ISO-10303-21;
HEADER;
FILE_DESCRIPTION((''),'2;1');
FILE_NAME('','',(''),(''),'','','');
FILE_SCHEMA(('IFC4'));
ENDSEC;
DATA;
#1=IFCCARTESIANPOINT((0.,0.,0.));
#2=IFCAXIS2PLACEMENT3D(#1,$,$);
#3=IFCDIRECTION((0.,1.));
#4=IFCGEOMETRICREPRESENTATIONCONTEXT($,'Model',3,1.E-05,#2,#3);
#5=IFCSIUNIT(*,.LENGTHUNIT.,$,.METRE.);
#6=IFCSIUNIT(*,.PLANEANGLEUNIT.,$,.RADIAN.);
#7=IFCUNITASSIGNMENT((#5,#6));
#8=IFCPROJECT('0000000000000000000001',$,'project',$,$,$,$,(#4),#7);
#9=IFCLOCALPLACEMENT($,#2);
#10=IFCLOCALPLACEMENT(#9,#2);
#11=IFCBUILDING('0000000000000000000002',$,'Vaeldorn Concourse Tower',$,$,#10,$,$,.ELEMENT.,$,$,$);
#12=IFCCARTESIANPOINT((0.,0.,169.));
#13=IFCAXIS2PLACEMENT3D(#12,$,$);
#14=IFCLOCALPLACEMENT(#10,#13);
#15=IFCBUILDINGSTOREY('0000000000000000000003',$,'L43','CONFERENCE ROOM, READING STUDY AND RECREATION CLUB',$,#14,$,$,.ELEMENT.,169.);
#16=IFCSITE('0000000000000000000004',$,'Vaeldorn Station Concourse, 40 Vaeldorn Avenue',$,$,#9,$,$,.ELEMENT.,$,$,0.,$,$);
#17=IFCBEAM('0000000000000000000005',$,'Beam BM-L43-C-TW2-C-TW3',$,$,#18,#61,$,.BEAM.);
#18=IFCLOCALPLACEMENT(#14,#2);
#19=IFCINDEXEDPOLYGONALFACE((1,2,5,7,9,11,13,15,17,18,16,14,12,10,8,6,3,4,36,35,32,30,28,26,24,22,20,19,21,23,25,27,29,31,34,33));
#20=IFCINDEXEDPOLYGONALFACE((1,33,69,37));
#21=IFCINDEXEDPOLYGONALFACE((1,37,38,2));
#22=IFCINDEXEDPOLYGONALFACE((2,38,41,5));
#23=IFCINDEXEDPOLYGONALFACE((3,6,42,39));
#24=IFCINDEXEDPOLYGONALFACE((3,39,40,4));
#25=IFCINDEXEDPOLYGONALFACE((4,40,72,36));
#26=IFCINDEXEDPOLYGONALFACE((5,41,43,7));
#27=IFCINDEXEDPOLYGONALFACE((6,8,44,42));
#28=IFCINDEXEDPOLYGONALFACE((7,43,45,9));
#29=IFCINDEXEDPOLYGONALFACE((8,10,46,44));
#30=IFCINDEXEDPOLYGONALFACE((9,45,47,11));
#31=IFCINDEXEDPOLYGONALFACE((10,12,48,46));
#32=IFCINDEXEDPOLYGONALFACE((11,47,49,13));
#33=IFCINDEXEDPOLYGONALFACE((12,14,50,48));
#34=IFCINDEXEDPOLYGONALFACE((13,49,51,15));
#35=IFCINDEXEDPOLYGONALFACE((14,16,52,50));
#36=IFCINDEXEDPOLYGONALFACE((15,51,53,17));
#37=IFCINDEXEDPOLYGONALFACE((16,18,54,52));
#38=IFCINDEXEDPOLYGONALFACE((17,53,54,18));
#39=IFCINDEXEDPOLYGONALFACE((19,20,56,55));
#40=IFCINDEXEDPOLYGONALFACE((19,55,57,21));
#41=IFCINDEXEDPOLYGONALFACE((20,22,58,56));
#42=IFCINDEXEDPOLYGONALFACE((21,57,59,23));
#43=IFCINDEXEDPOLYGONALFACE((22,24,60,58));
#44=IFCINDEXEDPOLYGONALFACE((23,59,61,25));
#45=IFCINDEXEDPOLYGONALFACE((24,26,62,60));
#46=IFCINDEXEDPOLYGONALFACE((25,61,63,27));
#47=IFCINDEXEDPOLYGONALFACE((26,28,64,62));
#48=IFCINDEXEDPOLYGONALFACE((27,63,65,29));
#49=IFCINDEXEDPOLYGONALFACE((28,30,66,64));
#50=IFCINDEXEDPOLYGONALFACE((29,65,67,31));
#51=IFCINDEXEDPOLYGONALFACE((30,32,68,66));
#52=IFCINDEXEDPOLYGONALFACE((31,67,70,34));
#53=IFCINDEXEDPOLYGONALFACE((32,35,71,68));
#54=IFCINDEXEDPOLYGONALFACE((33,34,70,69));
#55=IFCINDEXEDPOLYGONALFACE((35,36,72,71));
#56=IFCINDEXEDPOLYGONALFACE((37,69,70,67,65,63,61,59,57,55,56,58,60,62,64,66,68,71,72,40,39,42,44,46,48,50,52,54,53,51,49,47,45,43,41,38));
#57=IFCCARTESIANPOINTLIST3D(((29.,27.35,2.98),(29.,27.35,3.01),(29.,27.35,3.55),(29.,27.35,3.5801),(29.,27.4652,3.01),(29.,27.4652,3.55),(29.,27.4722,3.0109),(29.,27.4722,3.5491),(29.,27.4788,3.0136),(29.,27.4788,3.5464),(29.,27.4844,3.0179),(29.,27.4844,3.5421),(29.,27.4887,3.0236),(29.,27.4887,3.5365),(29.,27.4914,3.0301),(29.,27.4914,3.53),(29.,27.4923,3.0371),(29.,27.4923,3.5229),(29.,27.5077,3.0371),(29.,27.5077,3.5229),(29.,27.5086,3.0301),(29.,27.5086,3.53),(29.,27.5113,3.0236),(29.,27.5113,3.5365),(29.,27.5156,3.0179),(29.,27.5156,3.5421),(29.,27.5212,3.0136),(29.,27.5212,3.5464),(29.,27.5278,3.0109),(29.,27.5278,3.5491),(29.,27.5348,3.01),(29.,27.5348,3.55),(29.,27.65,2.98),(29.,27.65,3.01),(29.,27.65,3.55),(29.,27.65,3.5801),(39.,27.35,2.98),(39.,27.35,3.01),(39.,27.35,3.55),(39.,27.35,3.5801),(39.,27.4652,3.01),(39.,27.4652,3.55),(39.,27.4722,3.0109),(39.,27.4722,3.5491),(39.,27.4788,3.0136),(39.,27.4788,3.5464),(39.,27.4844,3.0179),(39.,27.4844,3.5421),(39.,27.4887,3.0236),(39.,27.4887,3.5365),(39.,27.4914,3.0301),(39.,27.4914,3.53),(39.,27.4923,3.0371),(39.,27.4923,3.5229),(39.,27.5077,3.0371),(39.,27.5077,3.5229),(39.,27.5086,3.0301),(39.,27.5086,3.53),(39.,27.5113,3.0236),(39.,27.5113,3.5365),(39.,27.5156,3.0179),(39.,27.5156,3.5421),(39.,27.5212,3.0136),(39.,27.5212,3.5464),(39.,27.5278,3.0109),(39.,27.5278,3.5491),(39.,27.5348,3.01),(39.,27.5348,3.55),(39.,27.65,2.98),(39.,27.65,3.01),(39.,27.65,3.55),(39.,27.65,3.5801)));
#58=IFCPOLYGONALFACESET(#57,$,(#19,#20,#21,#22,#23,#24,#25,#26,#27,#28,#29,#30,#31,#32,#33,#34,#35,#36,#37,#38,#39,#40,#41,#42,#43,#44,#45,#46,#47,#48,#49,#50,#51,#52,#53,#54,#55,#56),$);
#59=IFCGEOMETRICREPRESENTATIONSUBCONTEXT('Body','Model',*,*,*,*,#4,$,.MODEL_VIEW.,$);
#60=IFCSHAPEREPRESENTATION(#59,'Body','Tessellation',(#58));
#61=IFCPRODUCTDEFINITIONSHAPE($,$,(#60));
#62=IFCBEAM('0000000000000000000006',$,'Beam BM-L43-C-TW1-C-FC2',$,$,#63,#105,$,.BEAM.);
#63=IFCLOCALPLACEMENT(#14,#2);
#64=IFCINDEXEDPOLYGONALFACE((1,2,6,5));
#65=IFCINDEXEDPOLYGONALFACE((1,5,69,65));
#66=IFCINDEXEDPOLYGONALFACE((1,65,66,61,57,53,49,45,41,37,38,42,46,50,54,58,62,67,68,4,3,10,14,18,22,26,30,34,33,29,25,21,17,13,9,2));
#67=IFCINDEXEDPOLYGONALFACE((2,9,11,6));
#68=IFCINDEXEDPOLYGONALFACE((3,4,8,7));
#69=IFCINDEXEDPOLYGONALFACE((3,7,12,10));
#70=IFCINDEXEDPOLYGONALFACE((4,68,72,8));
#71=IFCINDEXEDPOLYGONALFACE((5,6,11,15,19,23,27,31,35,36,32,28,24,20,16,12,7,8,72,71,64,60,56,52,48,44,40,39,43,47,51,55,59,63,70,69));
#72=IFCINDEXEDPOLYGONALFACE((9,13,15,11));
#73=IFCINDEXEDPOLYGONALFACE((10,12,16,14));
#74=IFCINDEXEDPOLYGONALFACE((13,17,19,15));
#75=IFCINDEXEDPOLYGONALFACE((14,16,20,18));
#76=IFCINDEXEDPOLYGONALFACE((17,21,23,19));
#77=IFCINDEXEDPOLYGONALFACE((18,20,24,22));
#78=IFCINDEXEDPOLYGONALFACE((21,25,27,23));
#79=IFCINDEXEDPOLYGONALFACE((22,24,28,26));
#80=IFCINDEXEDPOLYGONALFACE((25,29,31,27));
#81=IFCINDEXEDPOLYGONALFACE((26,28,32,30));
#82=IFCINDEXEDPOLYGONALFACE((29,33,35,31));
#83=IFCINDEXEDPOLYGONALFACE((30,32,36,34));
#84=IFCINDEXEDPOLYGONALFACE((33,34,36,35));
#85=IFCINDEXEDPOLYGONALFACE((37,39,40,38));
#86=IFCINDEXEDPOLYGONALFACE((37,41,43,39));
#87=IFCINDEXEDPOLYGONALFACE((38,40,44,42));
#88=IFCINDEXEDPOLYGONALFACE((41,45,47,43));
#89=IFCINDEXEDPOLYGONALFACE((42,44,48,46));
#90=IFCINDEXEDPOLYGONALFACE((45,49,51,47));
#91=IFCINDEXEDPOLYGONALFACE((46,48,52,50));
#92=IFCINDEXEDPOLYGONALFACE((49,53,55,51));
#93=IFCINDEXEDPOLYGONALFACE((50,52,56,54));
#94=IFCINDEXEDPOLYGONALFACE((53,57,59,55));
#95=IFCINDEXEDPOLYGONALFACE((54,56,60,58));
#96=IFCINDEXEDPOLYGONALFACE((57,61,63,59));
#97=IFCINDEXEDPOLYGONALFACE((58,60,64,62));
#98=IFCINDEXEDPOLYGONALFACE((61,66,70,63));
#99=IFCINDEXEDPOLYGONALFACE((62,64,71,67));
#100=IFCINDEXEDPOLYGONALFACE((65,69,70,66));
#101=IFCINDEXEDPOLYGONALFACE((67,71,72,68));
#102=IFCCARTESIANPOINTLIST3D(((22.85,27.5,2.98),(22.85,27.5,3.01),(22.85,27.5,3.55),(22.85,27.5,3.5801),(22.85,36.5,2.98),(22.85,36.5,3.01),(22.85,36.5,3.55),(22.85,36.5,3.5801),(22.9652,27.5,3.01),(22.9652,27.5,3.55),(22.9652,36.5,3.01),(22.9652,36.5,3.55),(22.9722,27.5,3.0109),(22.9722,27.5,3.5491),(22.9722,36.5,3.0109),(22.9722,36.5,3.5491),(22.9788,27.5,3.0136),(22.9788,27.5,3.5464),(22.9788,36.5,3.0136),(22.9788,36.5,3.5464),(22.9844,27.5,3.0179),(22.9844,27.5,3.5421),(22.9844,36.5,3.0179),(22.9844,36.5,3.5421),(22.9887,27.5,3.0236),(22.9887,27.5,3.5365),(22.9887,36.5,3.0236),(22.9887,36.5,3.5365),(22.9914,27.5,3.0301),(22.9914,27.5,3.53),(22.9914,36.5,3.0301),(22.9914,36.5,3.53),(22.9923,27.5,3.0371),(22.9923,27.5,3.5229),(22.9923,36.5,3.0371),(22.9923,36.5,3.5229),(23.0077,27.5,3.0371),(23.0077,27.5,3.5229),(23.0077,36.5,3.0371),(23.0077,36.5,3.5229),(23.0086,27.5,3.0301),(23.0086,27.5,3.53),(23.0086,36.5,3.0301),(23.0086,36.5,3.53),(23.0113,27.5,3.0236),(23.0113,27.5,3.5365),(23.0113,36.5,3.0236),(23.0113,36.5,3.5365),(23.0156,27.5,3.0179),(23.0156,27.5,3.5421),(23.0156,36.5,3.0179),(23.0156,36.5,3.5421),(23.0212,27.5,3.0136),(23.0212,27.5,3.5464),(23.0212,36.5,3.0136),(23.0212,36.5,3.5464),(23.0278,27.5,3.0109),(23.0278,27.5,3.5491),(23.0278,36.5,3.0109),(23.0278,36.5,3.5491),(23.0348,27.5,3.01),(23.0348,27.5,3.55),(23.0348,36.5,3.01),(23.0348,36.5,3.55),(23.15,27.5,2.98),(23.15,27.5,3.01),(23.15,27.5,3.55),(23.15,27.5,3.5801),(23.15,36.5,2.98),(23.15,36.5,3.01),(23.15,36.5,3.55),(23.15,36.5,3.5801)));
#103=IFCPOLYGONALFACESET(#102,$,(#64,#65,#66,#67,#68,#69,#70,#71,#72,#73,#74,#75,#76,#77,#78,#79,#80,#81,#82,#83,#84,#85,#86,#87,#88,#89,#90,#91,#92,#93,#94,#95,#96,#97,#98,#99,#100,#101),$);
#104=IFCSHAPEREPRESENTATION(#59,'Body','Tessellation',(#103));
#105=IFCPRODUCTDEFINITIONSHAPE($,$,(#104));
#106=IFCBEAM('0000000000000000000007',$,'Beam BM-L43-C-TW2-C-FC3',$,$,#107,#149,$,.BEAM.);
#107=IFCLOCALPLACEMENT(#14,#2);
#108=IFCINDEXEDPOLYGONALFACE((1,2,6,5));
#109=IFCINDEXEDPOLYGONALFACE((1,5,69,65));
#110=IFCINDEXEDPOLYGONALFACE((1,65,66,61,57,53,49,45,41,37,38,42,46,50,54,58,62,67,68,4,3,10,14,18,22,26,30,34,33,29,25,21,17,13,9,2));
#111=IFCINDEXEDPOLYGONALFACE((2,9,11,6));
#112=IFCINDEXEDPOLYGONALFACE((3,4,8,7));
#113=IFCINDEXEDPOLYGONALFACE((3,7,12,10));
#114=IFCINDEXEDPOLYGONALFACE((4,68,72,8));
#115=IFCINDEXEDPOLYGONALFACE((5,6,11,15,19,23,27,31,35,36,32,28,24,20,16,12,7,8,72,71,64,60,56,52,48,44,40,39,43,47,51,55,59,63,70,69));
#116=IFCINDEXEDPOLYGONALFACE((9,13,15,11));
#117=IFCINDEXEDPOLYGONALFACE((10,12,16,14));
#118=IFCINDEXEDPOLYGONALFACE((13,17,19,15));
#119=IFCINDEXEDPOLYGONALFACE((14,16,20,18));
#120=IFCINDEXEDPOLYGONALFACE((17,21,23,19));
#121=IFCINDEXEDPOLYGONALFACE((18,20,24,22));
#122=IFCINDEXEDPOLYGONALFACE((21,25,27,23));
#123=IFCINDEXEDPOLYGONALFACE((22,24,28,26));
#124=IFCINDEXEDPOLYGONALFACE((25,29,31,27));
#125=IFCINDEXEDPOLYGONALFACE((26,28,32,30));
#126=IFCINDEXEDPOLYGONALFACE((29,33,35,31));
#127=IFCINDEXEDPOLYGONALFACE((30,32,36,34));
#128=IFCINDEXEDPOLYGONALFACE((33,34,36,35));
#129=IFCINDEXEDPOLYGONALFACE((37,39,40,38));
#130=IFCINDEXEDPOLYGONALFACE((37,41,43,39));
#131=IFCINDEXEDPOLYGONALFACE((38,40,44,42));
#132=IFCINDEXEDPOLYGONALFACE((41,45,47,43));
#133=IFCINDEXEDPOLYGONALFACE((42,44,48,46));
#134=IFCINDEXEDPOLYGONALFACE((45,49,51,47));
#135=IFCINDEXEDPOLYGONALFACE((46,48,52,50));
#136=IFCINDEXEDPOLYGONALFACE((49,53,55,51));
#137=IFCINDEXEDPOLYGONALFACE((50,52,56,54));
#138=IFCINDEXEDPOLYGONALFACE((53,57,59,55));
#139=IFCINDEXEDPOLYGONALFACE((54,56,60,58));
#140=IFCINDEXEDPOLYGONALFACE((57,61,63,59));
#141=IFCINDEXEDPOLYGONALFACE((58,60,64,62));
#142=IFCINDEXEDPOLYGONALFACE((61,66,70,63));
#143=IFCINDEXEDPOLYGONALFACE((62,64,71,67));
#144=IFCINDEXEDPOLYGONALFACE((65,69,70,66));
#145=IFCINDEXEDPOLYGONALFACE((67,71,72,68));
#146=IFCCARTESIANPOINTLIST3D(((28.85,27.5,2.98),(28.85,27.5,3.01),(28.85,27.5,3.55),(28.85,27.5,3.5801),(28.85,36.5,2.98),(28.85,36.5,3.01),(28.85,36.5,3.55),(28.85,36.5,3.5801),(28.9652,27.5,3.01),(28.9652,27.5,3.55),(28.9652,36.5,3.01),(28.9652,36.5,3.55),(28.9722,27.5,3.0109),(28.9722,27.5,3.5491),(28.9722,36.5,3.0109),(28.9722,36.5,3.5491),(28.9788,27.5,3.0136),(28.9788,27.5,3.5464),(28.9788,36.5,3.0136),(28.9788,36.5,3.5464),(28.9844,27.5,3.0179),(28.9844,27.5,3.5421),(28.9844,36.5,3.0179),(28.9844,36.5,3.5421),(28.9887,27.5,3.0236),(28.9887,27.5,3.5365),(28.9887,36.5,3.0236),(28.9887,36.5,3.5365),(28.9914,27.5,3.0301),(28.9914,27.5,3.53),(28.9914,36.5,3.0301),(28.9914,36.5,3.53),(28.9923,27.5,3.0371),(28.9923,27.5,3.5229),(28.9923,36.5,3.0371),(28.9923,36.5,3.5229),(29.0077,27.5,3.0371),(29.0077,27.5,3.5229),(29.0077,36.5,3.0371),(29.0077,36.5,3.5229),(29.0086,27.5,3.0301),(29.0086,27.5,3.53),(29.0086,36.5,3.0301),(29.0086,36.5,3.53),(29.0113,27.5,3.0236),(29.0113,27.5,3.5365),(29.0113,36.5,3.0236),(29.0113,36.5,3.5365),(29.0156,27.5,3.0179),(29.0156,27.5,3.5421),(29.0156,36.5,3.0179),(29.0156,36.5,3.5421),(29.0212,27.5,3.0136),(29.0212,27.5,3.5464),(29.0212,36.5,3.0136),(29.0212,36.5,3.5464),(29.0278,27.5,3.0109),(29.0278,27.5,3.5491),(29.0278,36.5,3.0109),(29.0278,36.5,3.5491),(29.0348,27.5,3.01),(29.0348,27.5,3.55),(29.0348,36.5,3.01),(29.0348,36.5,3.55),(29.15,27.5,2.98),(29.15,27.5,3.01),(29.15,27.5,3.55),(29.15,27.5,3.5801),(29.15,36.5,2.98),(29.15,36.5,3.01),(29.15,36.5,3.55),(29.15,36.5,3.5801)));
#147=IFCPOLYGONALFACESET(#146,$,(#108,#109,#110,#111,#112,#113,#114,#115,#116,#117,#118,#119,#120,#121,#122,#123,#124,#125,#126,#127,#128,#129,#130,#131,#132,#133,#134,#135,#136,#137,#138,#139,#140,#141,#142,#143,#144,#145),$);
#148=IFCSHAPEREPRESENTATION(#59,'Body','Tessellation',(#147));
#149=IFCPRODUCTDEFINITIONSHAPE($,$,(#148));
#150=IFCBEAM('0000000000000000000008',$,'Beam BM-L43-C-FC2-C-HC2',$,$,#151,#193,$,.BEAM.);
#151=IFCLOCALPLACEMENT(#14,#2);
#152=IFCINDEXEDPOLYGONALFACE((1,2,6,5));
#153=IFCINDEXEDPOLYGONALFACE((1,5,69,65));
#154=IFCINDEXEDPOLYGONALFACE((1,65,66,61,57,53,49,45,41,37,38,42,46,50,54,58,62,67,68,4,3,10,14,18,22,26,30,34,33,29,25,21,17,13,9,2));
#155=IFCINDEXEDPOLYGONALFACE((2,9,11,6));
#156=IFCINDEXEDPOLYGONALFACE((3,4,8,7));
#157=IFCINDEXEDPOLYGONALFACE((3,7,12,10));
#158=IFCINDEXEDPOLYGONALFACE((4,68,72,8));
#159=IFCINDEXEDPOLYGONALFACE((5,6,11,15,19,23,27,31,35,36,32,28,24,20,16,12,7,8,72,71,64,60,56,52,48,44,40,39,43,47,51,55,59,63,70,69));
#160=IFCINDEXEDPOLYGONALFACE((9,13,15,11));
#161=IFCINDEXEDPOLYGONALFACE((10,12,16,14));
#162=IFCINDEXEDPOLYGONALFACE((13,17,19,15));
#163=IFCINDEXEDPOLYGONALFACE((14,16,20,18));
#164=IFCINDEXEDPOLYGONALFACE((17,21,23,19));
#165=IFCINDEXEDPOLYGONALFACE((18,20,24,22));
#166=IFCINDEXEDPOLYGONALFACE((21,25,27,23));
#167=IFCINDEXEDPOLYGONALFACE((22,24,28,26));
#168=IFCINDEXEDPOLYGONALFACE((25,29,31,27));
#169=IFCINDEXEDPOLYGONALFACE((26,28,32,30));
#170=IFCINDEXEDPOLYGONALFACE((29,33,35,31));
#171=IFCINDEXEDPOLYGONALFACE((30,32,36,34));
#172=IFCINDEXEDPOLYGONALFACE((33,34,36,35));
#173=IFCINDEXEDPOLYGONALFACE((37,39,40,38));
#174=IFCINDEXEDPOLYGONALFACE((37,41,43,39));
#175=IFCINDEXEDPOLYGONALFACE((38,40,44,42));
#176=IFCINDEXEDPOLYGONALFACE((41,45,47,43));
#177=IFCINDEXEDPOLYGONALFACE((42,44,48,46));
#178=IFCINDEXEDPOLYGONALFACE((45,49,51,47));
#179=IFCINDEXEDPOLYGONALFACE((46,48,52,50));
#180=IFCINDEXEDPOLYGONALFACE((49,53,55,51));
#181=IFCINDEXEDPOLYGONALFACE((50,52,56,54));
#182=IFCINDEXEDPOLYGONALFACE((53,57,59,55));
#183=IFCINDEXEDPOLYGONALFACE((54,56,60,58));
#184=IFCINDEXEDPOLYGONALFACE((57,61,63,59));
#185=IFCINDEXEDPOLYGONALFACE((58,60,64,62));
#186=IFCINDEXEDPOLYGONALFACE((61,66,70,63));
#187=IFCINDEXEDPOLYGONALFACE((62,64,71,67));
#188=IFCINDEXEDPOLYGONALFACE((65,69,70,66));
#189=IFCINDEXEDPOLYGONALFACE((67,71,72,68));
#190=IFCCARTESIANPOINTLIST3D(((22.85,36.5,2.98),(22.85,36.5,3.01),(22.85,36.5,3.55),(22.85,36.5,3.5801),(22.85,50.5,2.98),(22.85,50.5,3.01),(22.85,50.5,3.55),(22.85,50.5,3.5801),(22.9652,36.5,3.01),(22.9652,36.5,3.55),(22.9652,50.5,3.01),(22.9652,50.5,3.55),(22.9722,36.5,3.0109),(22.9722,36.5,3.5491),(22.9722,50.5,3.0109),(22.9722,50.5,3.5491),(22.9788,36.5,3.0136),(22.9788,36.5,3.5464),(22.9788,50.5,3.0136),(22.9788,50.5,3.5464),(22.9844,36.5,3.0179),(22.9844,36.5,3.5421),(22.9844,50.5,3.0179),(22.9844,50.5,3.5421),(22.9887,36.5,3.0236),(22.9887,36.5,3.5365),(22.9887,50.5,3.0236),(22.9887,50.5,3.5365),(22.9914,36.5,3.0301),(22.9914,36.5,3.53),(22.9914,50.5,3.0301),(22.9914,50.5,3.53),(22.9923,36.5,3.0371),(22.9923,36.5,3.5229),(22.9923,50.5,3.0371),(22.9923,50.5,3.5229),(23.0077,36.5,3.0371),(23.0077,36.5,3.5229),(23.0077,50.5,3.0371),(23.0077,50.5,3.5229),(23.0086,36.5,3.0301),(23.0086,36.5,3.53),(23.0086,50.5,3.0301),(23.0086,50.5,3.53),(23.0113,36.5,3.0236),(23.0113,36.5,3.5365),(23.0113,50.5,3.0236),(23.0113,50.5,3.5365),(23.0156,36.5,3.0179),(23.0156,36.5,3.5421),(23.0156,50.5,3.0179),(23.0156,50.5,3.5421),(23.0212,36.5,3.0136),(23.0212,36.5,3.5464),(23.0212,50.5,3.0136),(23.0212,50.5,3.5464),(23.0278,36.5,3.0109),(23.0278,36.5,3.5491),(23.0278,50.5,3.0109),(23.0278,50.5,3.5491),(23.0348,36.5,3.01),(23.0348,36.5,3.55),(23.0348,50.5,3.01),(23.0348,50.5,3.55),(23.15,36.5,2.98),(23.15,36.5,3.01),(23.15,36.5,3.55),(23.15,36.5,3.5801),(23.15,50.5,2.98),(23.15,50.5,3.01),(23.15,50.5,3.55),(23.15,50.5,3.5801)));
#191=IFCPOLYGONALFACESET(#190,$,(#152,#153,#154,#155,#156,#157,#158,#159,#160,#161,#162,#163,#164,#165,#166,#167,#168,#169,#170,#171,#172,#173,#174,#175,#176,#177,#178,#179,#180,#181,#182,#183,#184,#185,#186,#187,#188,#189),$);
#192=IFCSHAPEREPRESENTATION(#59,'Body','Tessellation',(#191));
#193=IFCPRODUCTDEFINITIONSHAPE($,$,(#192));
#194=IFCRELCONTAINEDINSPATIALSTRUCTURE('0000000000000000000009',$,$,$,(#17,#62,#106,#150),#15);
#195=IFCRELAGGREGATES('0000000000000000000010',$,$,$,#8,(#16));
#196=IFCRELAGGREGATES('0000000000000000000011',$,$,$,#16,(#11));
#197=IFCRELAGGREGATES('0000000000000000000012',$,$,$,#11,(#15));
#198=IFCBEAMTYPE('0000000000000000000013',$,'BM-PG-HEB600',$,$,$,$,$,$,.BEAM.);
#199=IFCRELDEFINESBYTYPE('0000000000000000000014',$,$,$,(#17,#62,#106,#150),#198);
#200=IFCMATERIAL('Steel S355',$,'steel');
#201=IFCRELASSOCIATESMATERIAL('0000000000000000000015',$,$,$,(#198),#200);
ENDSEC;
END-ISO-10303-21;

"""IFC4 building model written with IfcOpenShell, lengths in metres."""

from ifc_helpers import new_model, si_unit, direction, frame, origin, origin_2d, place, context, subcontext, project, spatial, i_section, extrude, source, transform, mapped, material, material_profile, profile_set, type_object, element, save


model = new_model("IFC4")

# Units and contexts
model_context = context("Model", 3, precision=1e-05, world=origin(), true_north=direction((0.0, 1.0)))
body_context = subcontext(model_context, "Body", "Model", "MODEL_VIEW")
ifc_project = project(units=[si_unit("LENGTHUNIT", "METRE"), si_unit("PLANEANGLEUNIT", "RADIAN")], contexts=[model_context])

# Site, building, storey
site_placement = place(None, origin())
site = spatial("IfcSite", under=ifc_project, at=site_placement, Name="Vaeldorn Station Concourse, 40 Vaeldorn Avenue", CompositionType="ELEMENT", RefElevation=0.0)
building_placement = place(site_placement, origin())
building = spatial("IfcBuilding", under=site, at=building_placement, Name="Vaeldorn Concourse Tower", CompositionType="ELEMENT")
storey_placement = place(building_placement, frame((0.0, 0.0, 169.0)))
storey = spatial("IfcBuildingStorey", under=building, at=storey_placement, Name="L43", Description="CONFERENCE ROOM, READING STUDY AND RECREATION CLUB", CompositionType="ELEMENT", Elevation=169.0)

# Beams
ifc_material_1 = material(Name="Steel S355", Category="steel")
ifc_material_profile_1 = material_profile(ifc_material_1, i_section(OverallWidth=0.3, OverallDepth=0.6001, WebThickness=0.0154, FlangeThickness=0.03, FilletRadius=0.0271, at=origin_2d()), Name="HEB 600")
ifc_profile_set_1 = profile_set([ifc_material_profile_1], Name="Steel S355")
beam_type_1 = type_object("IfcBeamType", Name="BM-PG-HEB600", PredefinedType="BEAM", material=ifc_profile_set_1)
shared_shape_1 = source(origin(), body_context, "Body", "SweptSolid", [
    extrude(i_section(OverallWidth=0.3, OverallDepth=0.6001, WebThickness=0.0154, FlangeThickness=0.03, FilletRadius=0.0271, at=origin_2d()), origin(), (0.0, 0.0, 1.0), 10.0),
])
for number, where, z_axis, x_axis, name in (
    (1, (29.0, 27.5, 3.28), (1.0, 0.0, 0.0), (0.0, 1.0, 0.0), "Beam BM-L43-C-TW2-C-TW3"),
):
    element("IfcBeam", number, at=place(storey_placement, frame(where, z_axis=z_axis, x_axis=x_axis)), inside=storey, type_object=beam_type_1, Name=name, PredefinedType="BEAM", context=body_context, shape_type="MappedRepresentation", body=[
        mapped(shared_shape_1, transform((0.0, 0.0, 0.0), scale=1.0)),
    ])
shared_shape_2 = source(origin(), body_context, "Body", "SweptSolid", [
    extrude(i_section(OverallWidth=0.3, OverallDepth=0.6001, WebThickness=0.0154, FlangeThickness=0.03, FilletRadius=0.0271, at=origin_2d()), origin(), (0.0, 0.0, 1.0), 9.0),
])
for number, where, z_axis, x_axis, name in (
    (2, (23.0, 27.5, 3.28), (0.0, 1.0, 0.0), (-1.0, 0.0, 0.0), "Beam BM-L43-C-TW1-C-FC2"),
    (3, (29.0, 27.5, 3.28), (0.0, 1.0, 0.0), (-1.0, 0.0, 0.0), "Beam BM-L43-C-TW2-C-FC3"),
):
    element("IfcBeam", number, at=place(storey_placement, frame(where, z_axis=z_axis, x_axis=x_axis)), inside=storey, type_object=beam_type_1, Name=name, PredefinedType="BEAM", context=body_context, shape_type="MappedRepresentation", body=[
        mapped(shared_shape_2, transform((0.0, 0.0, 0.0), scale=1.0)),
    ])
shared_shape_3 = source(origin(), body_context, "Body", "SweptSolid", [
    extrude(i_section(OverallWidth=0.3, OverallDepth=0.6001, WebThickness=0.0154, FlangeThickness=0.03, FilletRadius=0.0271, at=origin_2d()), origin(), (0.0, 0.0, 1.0), 14.0),
])
beam_placement = place(storey_placement, frame((23.0, 36.5, 3.28), z_axis=(0.0, 1.0, 0.0), x_axis=(-1.0, 0.0, 0.0)))
element("IfcBeam", 4, at=beam_placement, inside=storey, type_object=beam_type_1, Name="Beam BM-L43-C-FC2-C-HC2", PredefinedType="BEAM", context=body_context, shape_type="MappedRepresentation", body=[
    mapped(shared_shape_3, transform((0.0, 0.0, 0.0), scale=1.0)),
])

save(model, "model.ifc")
